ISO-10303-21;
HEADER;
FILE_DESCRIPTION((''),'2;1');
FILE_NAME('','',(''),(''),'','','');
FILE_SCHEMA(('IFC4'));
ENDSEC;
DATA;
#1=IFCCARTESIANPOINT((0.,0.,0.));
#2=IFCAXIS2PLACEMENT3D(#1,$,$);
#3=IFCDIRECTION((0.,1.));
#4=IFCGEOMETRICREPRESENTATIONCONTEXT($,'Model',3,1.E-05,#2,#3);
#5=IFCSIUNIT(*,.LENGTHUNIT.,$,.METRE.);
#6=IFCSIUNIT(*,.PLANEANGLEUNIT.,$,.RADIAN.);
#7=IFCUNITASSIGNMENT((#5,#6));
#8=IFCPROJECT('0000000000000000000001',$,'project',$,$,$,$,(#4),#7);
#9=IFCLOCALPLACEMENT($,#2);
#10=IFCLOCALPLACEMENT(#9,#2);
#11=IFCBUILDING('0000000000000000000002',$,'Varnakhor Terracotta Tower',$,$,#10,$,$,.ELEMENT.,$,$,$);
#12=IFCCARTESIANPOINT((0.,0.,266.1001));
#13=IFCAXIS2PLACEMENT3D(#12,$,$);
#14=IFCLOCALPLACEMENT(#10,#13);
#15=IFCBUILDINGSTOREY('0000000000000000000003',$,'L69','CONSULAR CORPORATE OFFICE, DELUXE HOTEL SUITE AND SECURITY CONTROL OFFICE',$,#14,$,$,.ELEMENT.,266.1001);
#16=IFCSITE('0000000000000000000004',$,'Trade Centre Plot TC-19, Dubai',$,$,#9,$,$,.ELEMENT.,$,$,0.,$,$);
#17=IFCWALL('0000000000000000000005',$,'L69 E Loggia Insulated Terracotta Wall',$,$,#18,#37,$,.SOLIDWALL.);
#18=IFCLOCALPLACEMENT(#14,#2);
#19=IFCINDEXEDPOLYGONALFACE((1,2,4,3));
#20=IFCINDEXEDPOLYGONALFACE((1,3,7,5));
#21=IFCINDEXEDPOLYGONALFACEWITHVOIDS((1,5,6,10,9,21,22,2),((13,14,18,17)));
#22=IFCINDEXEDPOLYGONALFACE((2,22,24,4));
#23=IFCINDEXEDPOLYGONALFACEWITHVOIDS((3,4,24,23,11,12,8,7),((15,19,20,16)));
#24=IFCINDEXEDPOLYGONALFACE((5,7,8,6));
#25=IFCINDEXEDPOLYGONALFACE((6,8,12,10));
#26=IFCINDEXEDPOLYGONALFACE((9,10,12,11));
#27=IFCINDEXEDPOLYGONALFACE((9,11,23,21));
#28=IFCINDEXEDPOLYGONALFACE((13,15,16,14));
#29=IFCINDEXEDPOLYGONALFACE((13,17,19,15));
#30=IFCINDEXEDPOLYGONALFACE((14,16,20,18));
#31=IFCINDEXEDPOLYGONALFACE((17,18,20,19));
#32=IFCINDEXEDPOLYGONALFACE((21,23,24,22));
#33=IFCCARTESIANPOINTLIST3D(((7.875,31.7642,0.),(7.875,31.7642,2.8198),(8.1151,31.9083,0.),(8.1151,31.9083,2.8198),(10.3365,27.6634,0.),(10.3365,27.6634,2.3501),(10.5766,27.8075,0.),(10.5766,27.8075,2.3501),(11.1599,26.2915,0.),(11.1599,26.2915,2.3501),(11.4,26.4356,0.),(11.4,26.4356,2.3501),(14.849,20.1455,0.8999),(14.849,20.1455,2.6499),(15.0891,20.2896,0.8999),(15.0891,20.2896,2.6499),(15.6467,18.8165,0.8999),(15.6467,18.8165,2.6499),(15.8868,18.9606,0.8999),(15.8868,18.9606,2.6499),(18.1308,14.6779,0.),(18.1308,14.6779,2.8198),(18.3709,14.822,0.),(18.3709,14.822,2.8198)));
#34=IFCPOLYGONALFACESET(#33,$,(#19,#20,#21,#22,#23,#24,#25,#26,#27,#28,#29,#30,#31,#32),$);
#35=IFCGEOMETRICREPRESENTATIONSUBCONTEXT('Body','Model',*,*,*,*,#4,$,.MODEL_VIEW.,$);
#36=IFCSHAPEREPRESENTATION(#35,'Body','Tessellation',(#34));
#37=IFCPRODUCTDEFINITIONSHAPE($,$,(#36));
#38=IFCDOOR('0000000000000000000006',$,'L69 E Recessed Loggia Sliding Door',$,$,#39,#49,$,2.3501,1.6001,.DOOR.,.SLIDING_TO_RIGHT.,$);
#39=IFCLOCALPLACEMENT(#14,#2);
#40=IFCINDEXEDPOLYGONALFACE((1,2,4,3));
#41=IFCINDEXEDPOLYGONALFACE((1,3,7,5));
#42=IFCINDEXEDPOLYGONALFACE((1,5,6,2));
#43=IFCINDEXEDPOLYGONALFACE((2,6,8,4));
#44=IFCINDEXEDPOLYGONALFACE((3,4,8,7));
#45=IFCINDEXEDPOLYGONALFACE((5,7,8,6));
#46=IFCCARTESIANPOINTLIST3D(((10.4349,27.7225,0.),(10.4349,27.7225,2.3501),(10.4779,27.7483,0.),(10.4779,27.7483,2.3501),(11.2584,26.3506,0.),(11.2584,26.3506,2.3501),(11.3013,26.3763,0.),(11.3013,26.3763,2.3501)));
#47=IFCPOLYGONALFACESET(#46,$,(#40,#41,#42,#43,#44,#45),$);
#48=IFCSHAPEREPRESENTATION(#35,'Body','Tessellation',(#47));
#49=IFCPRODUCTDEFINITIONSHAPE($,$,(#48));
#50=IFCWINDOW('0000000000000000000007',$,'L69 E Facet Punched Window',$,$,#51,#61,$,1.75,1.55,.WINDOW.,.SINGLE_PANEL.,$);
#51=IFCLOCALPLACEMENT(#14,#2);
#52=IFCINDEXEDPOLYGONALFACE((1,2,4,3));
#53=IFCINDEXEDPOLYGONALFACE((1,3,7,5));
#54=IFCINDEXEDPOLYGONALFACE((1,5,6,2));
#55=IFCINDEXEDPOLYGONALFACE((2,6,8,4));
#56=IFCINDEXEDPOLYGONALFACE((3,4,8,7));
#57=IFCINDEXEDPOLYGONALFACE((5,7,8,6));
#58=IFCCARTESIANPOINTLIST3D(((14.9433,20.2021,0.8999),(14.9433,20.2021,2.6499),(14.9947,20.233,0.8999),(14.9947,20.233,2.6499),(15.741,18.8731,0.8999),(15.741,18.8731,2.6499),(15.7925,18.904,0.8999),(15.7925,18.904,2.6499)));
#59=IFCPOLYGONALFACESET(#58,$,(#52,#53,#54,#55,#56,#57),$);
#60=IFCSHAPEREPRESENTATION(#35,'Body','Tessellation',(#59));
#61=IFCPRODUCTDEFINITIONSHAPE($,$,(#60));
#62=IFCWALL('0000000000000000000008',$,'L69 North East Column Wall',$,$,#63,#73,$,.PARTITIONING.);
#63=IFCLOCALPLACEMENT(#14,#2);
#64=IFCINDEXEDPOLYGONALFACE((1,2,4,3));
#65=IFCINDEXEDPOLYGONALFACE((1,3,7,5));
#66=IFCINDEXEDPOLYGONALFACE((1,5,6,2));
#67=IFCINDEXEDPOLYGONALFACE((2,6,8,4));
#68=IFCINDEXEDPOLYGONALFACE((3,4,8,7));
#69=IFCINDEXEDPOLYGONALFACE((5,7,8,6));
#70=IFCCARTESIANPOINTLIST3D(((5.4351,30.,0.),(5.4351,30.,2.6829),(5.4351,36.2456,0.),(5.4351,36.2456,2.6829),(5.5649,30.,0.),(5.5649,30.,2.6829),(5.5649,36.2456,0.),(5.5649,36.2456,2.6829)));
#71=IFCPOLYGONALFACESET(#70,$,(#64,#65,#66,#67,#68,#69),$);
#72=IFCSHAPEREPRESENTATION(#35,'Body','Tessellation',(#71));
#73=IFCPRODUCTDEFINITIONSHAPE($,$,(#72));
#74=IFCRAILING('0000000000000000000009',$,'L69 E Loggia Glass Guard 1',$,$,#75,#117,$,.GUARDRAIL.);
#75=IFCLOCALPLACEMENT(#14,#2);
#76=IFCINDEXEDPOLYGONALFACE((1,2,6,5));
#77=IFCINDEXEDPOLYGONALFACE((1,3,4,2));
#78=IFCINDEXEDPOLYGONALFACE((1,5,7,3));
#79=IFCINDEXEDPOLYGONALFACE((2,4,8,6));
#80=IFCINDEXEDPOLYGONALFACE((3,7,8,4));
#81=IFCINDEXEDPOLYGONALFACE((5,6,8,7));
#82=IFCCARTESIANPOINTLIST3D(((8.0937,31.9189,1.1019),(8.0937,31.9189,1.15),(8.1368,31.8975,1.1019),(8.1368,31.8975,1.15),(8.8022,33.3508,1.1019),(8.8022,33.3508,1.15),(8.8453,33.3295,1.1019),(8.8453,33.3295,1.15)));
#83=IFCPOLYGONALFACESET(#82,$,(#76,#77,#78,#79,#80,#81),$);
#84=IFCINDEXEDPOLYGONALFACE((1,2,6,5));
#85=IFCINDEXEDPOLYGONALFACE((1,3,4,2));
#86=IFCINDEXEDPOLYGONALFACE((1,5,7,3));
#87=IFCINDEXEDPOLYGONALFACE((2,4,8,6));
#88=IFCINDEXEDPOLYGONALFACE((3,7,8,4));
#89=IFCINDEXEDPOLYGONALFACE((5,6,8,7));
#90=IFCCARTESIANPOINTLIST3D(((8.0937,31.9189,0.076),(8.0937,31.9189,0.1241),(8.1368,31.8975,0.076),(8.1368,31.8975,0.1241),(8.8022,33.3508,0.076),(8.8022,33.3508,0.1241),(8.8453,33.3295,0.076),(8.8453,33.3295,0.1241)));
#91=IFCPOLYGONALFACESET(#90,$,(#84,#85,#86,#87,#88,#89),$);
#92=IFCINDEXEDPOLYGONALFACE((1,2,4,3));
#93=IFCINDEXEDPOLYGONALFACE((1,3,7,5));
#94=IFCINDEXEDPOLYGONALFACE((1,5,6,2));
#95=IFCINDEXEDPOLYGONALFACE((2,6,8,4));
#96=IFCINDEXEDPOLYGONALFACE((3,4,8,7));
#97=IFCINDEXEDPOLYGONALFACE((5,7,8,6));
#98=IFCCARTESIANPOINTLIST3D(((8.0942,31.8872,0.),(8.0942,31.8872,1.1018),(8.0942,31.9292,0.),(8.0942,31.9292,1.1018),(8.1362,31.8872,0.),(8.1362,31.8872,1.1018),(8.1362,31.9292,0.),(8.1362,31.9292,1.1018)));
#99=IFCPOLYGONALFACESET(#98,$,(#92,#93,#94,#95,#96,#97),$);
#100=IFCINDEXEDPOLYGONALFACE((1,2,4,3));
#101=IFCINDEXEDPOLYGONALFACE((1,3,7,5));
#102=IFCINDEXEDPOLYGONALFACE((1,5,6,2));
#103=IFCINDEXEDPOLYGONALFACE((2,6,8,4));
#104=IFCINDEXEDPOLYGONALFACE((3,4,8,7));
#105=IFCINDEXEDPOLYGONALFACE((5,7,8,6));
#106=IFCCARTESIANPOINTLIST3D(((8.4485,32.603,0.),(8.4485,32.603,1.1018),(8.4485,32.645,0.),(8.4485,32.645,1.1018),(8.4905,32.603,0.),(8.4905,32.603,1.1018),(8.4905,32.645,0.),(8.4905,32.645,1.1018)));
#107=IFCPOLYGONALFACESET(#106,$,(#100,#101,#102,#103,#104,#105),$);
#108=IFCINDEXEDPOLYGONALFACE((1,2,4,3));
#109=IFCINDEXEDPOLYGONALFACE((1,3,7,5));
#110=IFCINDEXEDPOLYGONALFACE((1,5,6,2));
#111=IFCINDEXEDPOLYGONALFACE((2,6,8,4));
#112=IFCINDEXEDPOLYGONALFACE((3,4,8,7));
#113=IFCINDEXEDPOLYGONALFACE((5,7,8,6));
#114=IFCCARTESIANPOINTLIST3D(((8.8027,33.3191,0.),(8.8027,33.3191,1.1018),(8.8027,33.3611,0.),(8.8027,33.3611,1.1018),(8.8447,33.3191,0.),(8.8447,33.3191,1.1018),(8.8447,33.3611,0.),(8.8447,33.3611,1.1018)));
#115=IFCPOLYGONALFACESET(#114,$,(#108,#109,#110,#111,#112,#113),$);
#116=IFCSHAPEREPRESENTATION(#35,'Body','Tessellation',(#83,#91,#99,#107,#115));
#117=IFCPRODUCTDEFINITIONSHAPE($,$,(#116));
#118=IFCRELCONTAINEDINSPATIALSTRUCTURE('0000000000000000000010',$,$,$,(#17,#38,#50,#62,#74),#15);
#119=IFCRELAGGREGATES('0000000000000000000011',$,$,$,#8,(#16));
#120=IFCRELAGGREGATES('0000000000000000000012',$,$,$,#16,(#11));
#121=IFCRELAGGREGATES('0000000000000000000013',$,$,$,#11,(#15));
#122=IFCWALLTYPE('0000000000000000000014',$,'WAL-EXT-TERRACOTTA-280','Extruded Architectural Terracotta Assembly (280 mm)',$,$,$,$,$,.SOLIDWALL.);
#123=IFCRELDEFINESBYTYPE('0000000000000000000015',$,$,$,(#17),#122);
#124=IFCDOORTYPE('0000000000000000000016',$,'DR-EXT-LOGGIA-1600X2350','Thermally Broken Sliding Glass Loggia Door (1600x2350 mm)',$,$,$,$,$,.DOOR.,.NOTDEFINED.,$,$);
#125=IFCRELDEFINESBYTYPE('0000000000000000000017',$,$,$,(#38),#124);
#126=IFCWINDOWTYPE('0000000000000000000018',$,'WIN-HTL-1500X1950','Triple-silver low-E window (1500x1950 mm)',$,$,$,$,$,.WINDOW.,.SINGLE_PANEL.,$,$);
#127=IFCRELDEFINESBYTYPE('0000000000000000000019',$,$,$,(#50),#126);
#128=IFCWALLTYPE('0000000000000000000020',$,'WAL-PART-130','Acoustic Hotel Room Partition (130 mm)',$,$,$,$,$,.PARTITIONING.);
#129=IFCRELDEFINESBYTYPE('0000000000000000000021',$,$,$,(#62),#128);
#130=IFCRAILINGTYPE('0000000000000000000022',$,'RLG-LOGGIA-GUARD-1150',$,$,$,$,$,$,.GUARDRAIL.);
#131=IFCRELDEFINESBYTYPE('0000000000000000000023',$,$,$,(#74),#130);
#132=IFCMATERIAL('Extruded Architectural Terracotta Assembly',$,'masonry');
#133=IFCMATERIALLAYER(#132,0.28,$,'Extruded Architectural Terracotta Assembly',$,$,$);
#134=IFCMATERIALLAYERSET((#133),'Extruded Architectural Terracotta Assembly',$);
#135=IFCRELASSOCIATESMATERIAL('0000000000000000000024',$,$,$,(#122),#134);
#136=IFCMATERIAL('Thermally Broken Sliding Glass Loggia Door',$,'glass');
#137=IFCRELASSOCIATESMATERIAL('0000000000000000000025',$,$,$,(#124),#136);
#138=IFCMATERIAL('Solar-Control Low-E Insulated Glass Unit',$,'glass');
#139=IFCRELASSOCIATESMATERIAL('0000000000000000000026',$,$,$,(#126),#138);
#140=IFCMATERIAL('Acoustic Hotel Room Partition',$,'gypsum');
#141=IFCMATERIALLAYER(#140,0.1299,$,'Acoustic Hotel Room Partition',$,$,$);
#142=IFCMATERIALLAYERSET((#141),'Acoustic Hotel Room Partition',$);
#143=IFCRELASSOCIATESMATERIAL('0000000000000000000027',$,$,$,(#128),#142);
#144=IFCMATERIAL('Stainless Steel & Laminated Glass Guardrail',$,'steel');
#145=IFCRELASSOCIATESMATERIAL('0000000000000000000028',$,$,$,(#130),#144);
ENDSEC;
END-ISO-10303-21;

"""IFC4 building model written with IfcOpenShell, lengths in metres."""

from ifc_helpers import new_model, si_unit, direction, frame, frame_2d, origin, origin_2d, place, context, subcontext, project, spatial, rectangle, extrude, source, transform, mapped, material, layer, layer_set, type_object, type_shapes, element, fill, save


model = new_model("IFC4")

# Units and contexts
model_context = context("Model", 3, precision=1e-05, world=origin(), true_north=direction((0.0, 1.0)))
body_context = subcontext(model_context, "Body", "Model", "MODEL_VIEW")
ifc_project = project(units=[si_unit("LENGTHUNIT", "METRE"), si_unit("PLANEANGLEUNIT", "RADIAN")], contexts=[model_context])

# Site, building, storey
site_placement = place(None, origin())
site = spatial("IfcSite", under=ifc_project, at=site_placement, Name="Trade Centre Plot TC-19, Dubai", CompositionType="ELEMENT", RefElevation=0.0)
building_placement = place(site_placement, origin())
building = spatial("IfcBuilding", under=site, at=building_placement, Name="Varnakhor Terracotta Tower", CompositionType="ELEMENT")
storey_placement = place(building_placement, frame((0.0, 0.0, 266.1001)))
storey = spatial("IfcBuildingStorey", under=building, at=storey_placement, Name="L69", Description="CONSULAR CORPORATE OFFICE, DELUXE HOTEL SUITE AND SECURITY CONTROL OFFICE", CompositionType="ELEMENT", Elevation=266.1001)

# Wall, openings, door, window
ifc_material_1 = material(Name="Extruded Architectural Terracotta Assembly", Category="masonry")
ifc_layer_1 = layer(ifc_material_1, 0.28, Name="Extruded Architectural Terracotta Assembly")
ifc_layer_set_1 = layer_set([ifc_layer_1], Name="Extruded Architectural Terracotta Assembly")
wall_type_1 = type_object("IfcWallType", Name="WAL-EXT-TERRACOTTA-280", Description="Extruded Architectural Terracotta Assembly (280 mm)", PredefinedType="SOLIDWALL", material=ifc_layer_set_1)
wall_1_placement = place(storey_placement, frame((7.9951, 31.8362, 0.0), z_axis=(0.0, 0.0, 1.0), x_axis=(0.514643, -0.857404, 0.0)))
wall_1 = element("IfcWall", 1, at=wall_1_placement, inside=storey, type_object=wall_type_1, Name="L69 E Loggia Insulated Terracotta Wall", PredefinedType="SOLIDWALL", context=body_context, shape_type="SweptSolid", body=[
    extrude(rectangle(XDim=19.928, YDim=0.28, at=frame_2d((9.9639, 0.0))), origin(), (0.0, 0.0, 1.0), 2.8198),
])
opening_1_placement = place(wall_1_placement, frame((4.7827, 0.0, 0.0)))
opening_1 = element("IfcOpeningElement", 2, at=opening_1_placement, cuts=wall_1, PredefinedType="OPENING", context=body_context, shape_type="SweptSolid", body=[
    extrude(rectangle(XDim=1.6001, YDim=2.3501, at=frame_2d((0.8, 1.175))), frame((0.0, 0.1499, 0.0), z_axis=(0.0, -1.0, 0.0), x_axis=(1.0, 0.0, 0.0)), (0.0, 0.0, 1.0), 0.3),
])
opening_2_placement = place(wall_1_placement, frame((13.551, 0.0, 0.8999)))
opening_2 = element("IfcOpeningElement", 3, at=opening_2_placement, cuts=wall_1, PredefinedType="OPENING", context=body_context, shape_type="SweptSolid", body=[
    extrude(rectangle(XDim=1.55, YDim=1.75, at=frame_2d((0.7749, 0.875))), frame((0.0, 0.1499, 0.0), z_axis=(0.0, -1.0, 0.0), x_axis=(1.0, 0.0, 0.0)), (0.0, 0.0, 1.0), 0.3),
])
ifc_material_2 = material(Name="Thermally Broken Sliding Glass Loggia Door", Category="glass")
door_type = type_object("IfcDoorType", Name="DR-EXT-LOGGIA-1600X2350", Description="Thermally Broken Sliding Glass Loggia Door (1600x2350 mm)", OperationType="NOTDEFINED", PredefinedType="DOOR", material=ifc_material_2)
shared_shape_1 = source(origin(), body_context, "Body", "SweptSolid", [
    extrude(rectangle(XDim=1.6001, YDim=2.3501, at=frame_2d((0.8, 1.175))), frame((0.0, 0.0249, 0.0), z_axis=(0.0, -1.0, 0.0), x_axis=(1.0, 0.0, 0.0)), (0.0, 0.0, 1.0), 0.05),
])
type_shapes(door_type, [shared_shape_1])
door_placement = place(opening_1_placement, origin())
door = element("IfcDoor", 4, at=door_placement, inside=storey, type_object=door_type, Name="L69 E Recessed Loggia Sliding Door", OperationType="SLIDING_TO_RIGHT", OverallHeight=2.3501, OverallWidth=1.6001, PredefinedType="DOOR", context=body_context, shape_type="MappedRepresentation", body=[
    mapped(shared_shape_1, transform((0.0, 0.0, 0.0), scale=1.0)),
])
fill(opening_1, door)
ifc_material_3 = material(Name="Solar-Control Low-E Insulated Glass Unit", Category="glass")
window_type = type_object("IfcWindowType", Name="WIN-HTL-1500X1950", Description="Triple-silver low-E window (1500x1950 mm)", PartitioningType="SINGLE_PANEL", PredefinedType="WINDOW", material=ifc_material_3)
shared_shape_2 = source(origin(), body_context, "Body", "SweptSolid", [
    extrude(rectangle(XDim=1.55, YDim=1.75, at=frame_2d((0.7749, 0.875))), frame((0.0, 0.03, 0.0), z_axis=(0.0, -1.0, 0.0), x_axis=(1.0, 0.0, 0.0)), (0.0, 0.0, 1.0), 0.0601),
])
type_shapes(window_type, [shared_shape_2])
window_placement = place(opening_2_placement, origin())
window = element("IfcWindow", 5, at=window_placement, inside=storey, type_object=window_type, Name="L69 E Facet Punched Window", OverallHeight=1.75, OverallWidth=1.55, PartitioningType="SINGLE_PANEL", PredefinedType="WINDOW", context=body_context, shape_type="MappedRepresentation", body=[
    mapped(shared_shape_2, transform((0.0, 0.0, 0.0), scale=1.0)),
])
fill(opening_2, window)

# Wall
ifc_material_4 = material(Name="Acoustic Hotel Room Partition", Category="gypsum")
ifc_layer_2 = layer(ifc_material_4, 0.1299, Name="Acoustic Hotel Room Partition")
ifc_layer_set_2 = layer_set([ifc_layer_2], Name="Acoustic Hotel Room Partition")
wall_type_2 = type_object("IfcWallType", Name="WAL-PART-130", Description="Acoustic Hotel Room Partition (130 mm)", PredefinedType="PARTITIONING", material=ifc_layer_set_2)
wall_2_placement = place(storey_placement, frame((5.5, 30.0, 0.0), z_axis=(0.0, 0.0, 1.0), x_axis=(0.0, 1.0, 0.0)))
element("IfcWall", 6, at=wall_2_placement, inside=storey, type_object=wall_type_2, Name="L69 North East Column Wall", PredefinedType="PARTITIONING", context=body_context, shape_type="SweptSolid", body=[
    extrude(rectangle(XDim=6.2456, YDim=0.1299, at=frame_2d((3.1228, 0.0))), origin(), (0.0, 0.0, 1.0), 2.6829),
])

# Railing
ifc_material_5 = material(Name="Stainless Steel & Laminated Glass Guardrail", Category="steel")
railing_type = type_object("IfcRailingType", Name="RLG-LOGGIA-GUARD-1150", PredefinedType="GUARDRAIL", material=ifc_material_5)
railing_1_placement = place(storey_placement, frame((8.1152, 31.9082, 0.0)))
element("IfcRailing", 7, at=railing_1_placement, inside=storey, type_object=railing_type, Name="L69 E Loggia Glass Guard 1", PredefinedType="GUARDRAIL", context=body_context, shape_type="SweptSolid", body=[
    extrude(rectangle(XDim=0.0481, YDim=0.0481, at=origin_2d()), frame((0.0, 0.0, 1.126), z_axis=(0.443481, 0.896284, 0.0), x_axis=(-0.896284, 0.443481, 0.0)), (0.0, 0.0, 1.0), 1.5977),
    extrude(rectangle(XDim=0.0481, YDim=0.0481, at=origin_2d()), frame((0.0, 0.0, 0.1001), z_axis=(0.443481, 0.896284, 0.0), x_axis=(-0.896284, 0.443481, 0.0)), (0.0, 0.0, 1.0), 1.5977),
    extrude(rectangle(XDim=0.042, YDim=0.042, at=origin_2d()), origin(), (0.0, 0.0, 1.0), 1.1018),
    extrude(rectangle(XDim=0.042, YDim=0.042, at=origin_2d()), frame((0.3542, 0.7158, 0.0)), (0.0, 0.0, 1.0), 1.1018),
    extrude(rectangle(XDim=0.042, YDim=0.042, at=origin_2d()), frame((0.7085, 1.4319, 0.0)), (0.0, 0.0, 1.0), 1.1018),
])

save(model, "model.ifc")
